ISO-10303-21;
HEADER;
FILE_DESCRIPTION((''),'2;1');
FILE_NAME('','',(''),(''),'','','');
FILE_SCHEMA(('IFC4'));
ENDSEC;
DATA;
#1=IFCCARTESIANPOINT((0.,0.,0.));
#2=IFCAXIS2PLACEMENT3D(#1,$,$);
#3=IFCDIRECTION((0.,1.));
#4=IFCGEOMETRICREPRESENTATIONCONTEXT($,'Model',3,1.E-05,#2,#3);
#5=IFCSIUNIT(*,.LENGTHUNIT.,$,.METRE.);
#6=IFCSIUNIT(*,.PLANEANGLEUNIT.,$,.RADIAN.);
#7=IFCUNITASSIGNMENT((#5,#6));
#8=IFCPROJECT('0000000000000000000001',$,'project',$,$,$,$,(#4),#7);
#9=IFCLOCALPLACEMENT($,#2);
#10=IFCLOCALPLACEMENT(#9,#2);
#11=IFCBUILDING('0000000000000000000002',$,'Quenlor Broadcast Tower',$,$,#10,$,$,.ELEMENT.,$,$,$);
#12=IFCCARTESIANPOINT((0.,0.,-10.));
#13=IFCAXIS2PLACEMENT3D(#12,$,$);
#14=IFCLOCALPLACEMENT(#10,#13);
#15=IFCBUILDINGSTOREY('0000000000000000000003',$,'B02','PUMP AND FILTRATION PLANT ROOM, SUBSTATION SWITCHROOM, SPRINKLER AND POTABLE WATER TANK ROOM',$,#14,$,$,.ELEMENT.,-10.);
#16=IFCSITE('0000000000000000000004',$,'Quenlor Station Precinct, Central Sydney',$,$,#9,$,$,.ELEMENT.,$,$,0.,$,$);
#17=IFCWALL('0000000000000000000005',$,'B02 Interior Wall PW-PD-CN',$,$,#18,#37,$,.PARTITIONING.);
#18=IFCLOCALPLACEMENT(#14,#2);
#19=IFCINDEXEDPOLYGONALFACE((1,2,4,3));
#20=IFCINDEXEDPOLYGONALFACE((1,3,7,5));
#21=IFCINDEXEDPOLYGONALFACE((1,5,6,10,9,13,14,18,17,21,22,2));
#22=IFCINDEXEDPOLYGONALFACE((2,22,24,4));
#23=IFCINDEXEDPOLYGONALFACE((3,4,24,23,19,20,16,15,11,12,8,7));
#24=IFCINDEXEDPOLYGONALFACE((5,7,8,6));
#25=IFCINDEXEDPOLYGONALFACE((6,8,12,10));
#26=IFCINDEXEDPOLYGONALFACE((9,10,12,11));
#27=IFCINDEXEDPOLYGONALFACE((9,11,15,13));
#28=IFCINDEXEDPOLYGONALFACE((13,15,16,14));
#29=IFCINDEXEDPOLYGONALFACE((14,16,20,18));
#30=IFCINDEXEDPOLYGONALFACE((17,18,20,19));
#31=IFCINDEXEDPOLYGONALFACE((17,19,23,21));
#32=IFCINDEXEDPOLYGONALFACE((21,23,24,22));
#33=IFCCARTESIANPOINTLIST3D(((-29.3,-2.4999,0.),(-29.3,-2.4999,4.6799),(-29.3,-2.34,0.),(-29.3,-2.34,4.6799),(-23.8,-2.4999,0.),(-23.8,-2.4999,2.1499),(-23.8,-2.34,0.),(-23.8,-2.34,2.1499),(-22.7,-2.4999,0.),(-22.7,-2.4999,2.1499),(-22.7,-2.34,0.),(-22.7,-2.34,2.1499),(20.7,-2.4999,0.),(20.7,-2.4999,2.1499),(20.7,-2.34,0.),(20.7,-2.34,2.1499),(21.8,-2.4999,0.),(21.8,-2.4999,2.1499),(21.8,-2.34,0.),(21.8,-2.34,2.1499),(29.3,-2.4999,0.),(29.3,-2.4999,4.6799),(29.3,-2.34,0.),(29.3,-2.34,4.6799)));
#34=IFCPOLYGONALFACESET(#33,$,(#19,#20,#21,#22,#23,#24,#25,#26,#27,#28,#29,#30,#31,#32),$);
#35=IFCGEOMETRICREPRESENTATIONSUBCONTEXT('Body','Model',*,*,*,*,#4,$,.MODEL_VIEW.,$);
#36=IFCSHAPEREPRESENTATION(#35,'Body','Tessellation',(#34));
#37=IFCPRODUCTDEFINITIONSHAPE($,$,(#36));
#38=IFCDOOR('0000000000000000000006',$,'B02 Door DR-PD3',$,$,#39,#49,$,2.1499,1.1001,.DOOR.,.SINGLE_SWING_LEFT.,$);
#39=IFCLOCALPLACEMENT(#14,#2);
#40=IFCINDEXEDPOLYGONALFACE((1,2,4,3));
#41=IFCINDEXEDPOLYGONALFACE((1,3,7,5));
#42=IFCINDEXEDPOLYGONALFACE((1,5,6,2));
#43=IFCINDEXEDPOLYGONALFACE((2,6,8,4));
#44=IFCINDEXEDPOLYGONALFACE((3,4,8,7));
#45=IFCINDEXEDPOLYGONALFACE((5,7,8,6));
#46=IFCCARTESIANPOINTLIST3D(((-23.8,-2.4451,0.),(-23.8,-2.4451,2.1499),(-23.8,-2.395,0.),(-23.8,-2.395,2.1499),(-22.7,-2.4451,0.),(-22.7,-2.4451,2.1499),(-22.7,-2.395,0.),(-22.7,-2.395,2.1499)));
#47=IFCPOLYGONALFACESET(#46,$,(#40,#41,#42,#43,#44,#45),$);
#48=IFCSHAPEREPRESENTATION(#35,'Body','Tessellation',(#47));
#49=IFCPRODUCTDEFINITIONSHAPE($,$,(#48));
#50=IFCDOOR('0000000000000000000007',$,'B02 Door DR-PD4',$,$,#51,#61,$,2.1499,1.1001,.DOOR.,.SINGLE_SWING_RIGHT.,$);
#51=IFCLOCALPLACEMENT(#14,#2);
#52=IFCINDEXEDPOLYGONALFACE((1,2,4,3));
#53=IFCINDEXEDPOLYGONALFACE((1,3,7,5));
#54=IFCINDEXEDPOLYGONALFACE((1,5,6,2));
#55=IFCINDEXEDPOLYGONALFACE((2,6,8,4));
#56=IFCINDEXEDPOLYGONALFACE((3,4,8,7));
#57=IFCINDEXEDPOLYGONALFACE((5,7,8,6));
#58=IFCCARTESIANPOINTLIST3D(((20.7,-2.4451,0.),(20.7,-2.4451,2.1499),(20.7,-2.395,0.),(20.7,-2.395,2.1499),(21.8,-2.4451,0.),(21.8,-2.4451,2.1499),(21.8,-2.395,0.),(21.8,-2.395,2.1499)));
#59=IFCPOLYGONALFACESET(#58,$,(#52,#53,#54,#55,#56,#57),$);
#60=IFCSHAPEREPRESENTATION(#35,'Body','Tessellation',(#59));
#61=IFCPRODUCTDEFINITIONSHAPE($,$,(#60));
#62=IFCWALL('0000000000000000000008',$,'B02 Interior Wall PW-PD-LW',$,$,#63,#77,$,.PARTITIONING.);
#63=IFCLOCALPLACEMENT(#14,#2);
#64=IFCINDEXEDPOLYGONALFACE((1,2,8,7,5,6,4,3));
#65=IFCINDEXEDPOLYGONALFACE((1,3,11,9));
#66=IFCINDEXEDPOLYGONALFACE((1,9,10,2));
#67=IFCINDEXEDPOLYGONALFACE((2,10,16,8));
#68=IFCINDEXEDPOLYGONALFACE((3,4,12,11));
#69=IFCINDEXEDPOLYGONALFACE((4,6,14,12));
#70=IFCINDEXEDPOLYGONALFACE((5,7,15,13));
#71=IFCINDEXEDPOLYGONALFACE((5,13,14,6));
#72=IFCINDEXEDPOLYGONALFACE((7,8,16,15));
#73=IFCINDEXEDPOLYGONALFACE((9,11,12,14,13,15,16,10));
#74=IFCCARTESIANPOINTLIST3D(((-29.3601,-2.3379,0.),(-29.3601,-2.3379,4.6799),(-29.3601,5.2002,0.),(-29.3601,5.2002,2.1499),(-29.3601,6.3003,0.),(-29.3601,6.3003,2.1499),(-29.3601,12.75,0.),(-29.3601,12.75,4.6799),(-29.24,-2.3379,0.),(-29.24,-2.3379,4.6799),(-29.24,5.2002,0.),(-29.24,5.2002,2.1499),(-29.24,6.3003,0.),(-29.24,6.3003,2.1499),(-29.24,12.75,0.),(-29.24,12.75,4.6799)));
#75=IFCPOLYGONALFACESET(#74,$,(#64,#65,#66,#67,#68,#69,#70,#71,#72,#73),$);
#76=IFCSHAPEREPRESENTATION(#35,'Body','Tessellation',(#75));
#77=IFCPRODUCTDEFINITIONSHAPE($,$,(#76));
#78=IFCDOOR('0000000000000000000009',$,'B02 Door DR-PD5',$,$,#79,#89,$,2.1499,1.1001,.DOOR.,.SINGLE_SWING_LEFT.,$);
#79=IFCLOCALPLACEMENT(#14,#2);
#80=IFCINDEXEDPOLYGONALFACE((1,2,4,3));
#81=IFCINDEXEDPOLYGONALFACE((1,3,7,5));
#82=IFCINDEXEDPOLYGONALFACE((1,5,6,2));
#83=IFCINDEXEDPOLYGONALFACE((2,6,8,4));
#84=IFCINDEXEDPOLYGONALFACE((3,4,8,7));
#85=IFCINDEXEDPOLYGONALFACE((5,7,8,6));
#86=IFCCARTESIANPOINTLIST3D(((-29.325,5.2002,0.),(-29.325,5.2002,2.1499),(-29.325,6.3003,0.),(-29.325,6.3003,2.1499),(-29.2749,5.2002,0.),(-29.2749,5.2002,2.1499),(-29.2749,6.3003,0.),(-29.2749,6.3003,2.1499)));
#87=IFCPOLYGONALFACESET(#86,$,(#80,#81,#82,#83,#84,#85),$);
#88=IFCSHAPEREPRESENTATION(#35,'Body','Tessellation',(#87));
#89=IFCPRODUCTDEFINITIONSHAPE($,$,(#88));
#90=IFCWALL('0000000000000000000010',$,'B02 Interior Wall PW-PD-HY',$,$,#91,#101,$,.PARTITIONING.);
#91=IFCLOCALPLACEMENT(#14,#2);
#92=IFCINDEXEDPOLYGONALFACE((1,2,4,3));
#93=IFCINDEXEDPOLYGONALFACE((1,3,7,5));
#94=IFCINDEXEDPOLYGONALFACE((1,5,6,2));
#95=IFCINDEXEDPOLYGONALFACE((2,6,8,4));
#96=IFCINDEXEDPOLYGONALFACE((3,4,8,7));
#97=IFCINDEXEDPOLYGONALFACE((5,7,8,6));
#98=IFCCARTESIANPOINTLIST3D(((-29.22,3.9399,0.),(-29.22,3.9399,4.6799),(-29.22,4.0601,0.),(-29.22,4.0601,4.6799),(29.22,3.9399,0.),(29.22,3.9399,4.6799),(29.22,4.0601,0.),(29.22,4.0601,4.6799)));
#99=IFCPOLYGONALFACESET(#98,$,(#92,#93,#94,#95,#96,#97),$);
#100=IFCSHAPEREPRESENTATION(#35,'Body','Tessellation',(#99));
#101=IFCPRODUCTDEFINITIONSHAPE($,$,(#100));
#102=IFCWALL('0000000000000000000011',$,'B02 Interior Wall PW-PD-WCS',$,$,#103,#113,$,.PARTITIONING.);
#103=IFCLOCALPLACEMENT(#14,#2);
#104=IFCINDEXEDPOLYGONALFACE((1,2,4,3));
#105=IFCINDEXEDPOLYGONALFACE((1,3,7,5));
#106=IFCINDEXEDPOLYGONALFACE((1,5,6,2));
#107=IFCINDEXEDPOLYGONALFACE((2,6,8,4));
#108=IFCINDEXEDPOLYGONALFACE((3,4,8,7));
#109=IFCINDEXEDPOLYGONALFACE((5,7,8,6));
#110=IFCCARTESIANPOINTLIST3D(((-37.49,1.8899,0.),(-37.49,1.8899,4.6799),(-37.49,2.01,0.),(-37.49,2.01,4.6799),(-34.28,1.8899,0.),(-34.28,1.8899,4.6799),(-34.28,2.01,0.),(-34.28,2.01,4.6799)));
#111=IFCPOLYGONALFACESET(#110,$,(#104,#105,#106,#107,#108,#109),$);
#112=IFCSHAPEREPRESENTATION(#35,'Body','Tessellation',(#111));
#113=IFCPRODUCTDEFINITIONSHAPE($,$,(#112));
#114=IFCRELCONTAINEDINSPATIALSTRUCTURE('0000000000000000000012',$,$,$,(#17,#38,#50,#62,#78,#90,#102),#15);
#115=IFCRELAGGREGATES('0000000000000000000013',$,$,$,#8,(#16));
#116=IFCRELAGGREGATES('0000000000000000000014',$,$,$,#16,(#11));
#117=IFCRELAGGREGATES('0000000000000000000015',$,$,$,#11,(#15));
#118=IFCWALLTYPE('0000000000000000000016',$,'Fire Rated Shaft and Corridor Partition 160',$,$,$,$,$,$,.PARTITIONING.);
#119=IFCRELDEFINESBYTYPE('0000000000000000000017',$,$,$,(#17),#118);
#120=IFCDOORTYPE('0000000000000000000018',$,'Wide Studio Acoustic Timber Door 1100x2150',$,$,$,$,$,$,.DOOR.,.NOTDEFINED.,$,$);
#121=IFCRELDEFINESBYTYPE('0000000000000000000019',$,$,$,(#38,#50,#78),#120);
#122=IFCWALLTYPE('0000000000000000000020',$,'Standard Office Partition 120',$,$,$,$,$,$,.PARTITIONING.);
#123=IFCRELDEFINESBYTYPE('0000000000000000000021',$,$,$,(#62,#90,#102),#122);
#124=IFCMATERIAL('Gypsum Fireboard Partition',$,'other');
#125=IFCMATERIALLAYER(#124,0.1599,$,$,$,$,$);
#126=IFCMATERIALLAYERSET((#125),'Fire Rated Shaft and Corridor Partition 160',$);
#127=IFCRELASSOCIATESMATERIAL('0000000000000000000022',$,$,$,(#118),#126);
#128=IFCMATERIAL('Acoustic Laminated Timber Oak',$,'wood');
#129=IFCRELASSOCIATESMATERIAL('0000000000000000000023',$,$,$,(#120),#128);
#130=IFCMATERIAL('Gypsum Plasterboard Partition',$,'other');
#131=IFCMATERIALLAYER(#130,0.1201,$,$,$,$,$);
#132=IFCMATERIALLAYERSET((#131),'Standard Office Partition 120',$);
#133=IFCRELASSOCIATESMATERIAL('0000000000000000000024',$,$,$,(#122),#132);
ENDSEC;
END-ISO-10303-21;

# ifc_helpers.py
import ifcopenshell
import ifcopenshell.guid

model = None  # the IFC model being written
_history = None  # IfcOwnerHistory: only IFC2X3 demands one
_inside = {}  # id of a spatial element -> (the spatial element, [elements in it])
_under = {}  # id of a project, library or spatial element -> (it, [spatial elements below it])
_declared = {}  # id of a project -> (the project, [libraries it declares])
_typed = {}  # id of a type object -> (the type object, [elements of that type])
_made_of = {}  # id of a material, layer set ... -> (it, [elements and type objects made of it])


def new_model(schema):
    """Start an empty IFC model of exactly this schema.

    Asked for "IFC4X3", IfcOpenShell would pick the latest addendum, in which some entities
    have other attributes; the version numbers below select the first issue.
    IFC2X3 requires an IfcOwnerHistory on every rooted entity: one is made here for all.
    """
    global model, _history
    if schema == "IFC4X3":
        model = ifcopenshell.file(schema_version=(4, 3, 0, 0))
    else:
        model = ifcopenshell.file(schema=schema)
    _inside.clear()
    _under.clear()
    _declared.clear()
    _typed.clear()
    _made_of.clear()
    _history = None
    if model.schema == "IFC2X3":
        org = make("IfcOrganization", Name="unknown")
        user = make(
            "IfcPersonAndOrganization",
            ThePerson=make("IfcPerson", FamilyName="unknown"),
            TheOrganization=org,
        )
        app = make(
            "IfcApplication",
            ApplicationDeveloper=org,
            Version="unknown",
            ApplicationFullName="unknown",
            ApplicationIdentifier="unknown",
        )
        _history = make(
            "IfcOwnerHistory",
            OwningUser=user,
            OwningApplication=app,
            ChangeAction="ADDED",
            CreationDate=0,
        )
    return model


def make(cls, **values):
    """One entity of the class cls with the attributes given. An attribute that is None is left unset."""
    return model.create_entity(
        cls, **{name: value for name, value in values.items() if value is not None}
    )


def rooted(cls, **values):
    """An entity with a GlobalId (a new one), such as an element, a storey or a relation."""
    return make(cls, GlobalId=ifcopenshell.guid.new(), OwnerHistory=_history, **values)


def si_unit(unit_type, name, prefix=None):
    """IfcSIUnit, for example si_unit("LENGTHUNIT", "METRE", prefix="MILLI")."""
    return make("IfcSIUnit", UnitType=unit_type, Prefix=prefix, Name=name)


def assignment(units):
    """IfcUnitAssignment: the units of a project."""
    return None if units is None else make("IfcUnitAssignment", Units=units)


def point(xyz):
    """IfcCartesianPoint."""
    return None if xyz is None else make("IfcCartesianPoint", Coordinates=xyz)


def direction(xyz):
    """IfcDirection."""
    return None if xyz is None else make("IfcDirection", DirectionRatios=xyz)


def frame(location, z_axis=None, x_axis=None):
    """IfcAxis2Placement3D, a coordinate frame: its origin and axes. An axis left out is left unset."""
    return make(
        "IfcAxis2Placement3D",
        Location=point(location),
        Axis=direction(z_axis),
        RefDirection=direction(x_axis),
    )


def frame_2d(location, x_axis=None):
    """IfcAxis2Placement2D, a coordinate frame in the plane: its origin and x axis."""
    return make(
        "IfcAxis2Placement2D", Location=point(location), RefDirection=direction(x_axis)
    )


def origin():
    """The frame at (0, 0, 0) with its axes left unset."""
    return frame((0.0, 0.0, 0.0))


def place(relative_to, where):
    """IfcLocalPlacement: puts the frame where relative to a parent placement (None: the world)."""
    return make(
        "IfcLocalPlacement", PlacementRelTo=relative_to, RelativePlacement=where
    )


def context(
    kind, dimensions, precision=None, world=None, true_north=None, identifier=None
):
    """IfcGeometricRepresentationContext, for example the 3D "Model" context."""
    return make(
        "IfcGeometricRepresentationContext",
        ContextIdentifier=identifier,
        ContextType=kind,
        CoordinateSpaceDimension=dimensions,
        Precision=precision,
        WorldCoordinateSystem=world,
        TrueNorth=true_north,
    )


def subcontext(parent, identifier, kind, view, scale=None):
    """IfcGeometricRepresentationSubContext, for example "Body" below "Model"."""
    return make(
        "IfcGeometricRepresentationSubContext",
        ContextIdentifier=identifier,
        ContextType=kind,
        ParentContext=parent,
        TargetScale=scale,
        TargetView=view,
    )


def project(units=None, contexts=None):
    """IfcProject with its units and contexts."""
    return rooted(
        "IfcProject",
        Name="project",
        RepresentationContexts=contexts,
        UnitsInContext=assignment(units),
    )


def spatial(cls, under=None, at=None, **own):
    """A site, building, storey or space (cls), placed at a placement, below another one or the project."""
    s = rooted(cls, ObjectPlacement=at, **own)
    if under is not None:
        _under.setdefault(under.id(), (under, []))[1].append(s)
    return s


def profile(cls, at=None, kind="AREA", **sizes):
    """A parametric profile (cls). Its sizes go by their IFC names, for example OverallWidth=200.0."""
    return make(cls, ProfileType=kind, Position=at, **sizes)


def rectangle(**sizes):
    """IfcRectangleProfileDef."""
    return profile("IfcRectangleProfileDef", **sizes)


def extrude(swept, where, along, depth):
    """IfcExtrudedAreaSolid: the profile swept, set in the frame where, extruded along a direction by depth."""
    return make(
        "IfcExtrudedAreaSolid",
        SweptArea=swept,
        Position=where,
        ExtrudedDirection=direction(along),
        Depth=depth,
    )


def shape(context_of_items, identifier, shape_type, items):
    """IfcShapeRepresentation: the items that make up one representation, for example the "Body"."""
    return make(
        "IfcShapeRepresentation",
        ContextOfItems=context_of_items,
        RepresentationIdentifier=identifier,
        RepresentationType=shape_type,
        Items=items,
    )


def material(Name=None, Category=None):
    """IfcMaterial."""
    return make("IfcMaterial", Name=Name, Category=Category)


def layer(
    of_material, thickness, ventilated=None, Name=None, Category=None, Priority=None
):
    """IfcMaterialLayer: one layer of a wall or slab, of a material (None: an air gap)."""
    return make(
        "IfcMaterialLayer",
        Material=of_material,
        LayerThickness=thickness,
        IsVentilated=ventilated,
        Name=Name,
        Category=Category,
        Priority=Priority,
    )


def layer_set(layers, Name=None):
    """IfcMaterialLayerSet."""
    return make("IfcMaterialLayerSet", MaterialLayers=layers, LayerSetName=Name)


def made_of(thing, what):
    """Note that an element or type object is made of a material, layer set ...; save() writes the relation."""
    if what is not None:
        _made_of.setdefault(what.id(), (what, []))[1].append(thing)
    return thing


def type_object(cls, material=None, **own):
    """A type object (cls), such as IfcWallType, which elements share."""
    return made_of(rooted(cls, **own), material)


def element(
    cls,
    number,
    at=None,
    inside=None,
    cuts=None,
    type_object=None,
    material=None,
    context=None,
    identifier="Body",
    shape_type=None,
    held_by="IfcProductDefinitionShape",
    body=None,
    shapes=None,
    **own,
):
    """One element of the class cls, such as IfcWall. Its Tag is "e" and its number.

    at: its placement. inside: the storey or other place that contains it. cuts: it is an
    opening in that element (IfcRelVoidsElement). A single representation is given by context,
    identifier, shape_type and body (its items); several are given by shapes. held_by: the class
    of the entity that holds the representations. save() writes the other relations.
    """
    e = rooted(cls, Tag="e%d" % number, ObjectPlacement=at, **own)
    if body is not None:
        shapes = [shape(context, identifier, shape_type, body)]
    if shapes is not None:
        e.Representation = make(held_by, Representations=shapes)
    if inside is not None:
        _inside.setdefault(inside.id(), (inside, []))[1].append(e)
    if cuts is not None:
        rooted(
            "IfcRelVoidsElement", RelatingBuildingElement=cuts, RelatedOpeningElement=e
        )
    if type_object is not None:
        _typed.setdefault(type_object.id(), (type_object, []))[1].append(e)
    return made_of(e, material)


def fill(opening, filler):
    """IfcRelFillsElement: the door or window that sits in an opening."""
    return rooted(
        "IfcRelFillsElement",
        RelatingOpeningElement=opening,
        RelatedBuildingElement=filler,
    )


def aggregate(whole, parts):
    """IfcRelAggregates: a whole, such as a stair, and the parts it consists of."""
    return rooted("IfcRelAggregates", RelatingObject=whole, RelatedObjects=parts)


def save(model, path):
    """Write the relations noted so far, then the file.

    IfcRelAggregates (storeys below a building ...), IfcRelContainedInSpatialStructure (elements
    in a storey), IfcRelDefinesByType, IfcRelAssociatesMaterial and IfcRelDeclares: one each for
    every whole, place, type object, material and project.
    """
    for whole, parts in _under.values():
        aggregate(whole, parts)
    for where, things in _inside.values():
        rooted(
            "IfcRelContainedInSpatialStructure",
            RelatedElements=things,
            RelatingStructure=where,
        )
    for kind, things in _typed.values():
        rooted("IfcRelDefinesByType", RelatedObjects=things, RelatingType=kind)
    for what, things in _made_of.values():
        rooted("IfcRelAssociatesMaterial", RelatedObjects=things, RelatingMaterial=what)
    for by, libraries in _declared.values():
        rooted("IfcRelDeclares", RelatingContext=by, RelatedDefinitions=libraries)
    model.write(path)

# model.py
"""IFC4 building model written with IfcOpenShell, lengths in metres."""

from ifc_helpers import new_model, si_unit, direction, frame, frame_2d, origin, place, context, subcontext, project, spatial, rectangle, extrude, material, layer, layer_set, type_object, element, fill, save


model = new_model("IFC4")

# Units and contexts
model_context = context("Model", 3, precision=1e-05, world=origin(), true_north=direction((0.0, 1.0)))
body_context = subcontext(model_context, "Body", "Model", "MODEL_VIEW")
ifc_project = project(units=[si_unit("LENGTHUNIT", "METRE"), si_unit("PLANEANGLEUNIT", "RADIAN")], contexts=[model_context])

# Site, building, storey
site_placement = place(None, origin())
site = spatial("IfcSite", under=ifc_project, at=site_placement, Name="Quenlor Station Precinct, Central Sydney", CompositionType="ELEMENT", RefElevation=0.0)
building_placement = place(site_placement, origin())
building = spatial("IfcBuilding", under=site, at=building_placement, Name="Quenlor Broadcast Tower", CompositionType="ELEMENT")
storey_placement = place(building_placement, frame((0.0, 0.0, -10.0)))
storey = spatial("IfcBuildingStorey", under=building, at=storey_placement, Name="B02", Description="PUMP AND FILTRATION PLANT ROOM, SUBSTATION SWITCHROOM, SPRINKLER AND POTABLE WATER TANK ROOM", CompositionType="ELEMENT", Elevation=-10.0)

# Wall, openings, doors
ifc_material_1 = material(Name="Gypsum Fireboard Partition", Category="other")
ifc_layer_1 = layer(ifc_material_1, 0.1599)
ifc_layer_set_1 = layer_set([ifc_layer_1], Name="Fire Rated Shaft and Corridor Partition 160")
wall_type_1 = type_object("IfcWallType", Name="Fire Rated Shaft and Corridor Partition 160", PredefinedType="PARTITIONING", material=ifc_layer_set_1)
wall_1_placement = place(storey_placement, frame((-29.3, -2.4199, 0.0), z_axis=(0.0, 0.0, 1.0), x_axis=(1.0, 0.0, 0.0)))
wall_1 = element("IfcWall", 1, at=wall_1_placement, inside=storey, type_object=wall_type_1, Name="B02 Interior Wall PW-PD-CN", PredefinedType="PARTITIONING", context=body_context, shape_type="SweptSolid", body=[
    extrude(rectangle(XDim=58.6001, YDim=0.1599, at=frame_2d((29.3, 0.0))), origin(), (0.0, 0.0, 1.0), 4.6799),
])
opening_1_placement = place(wall_1_placement, frame((5.5, 0.0, 0.0)))
opening_1 = element("IfcOpeningElement", 2, at=opening_1_placement, cuts=wall_1, PredefinedType="OPENING", context=body_context, shape_type="SweptSolid", body=[
    extrude(rectangle(XDim=1.1001, YDim=2.1499, at=frame_2d((0.55, 1.075))), frame((0.0, 0.0898, 0.0), z_axis=(0.0, -1.0, 0.0), x_axis=(1.0, 0.0, 0.0)), (0.0, 0.0, 1.0), 0.1799),
])
opening_2_placement = place(wall_1_placement, frame((50.0, 0.0, 0.0)))
opening_2 = element("IfcOpeningElement", 3, at=opening_2_placement, cuts=wall_1, PredefinedType="OPENING", context=body_context, shape_type="SweptSolid", body=[
    extrude(rectangle(XDim=1.1001, YDim=2.1499, at=frame_2d((0.55, 1.075))), frame((0.0, 0.0898, 0.0), z_axis=(0.0, -1.0, 0.0), x_axis=(1.0, 0.0, 0.0)), (0.0, 0.0, 1.0), 0.1799),
])
ifc_material_2 = material(Name="Acoustic Laminated Timber Oak", Category="wood")
door_type_1 = type_object("IfcDoorType", Name="Wide Studio Acoustic Timber Door 1100x2150", OperationType="NOTDEFINED", PredefinedType="DOOR", material=ifc_material_2)
door_1_placement = place(opening_1_placement, origin())
door_1 = element("IfcDoor", 4, at=door_1_placement, inside=storey, type_object=door_type_1, Name="B02 Door DR-PD3", OperationType="SINGLE_SWING_LEFT", OverallHeight=2.1499, OverallWidth=1.1001, PredefinedType="DOOR", context=body_context, shape_type="SweptSolid", body=[
    extrude(rectangle(XDim=1.1001, YDim=2.1499, at=frame_2d((0.55, 1.075))), frame((0.0, 0.0249, 0.0), z_axis=(0.0, -1.0, 0.0), x_axis=(1.0, 0.0, 0.0)), (0.0, 0.0, 1.0), 0.05),
])
fill(opening_1, door_1)
door_2_placement = place(opening_2_placement, origin())
door_2 = element("IfcDoor", 5, at=door_2_placement, inside=storey, type_object=door_type_1, Name="B02 Door DR-PD4", OperationType="SINGLE_SWING_RIGHT", OverallHeight=2.1499, OverallWidth=1.1001, PredefinedType="DOOR", context=body_context, shape_type="SweptSolid", body=[
    extrude(rectangle(XDim=1.1001, YDim=2.1499, at=frame_2d((0.55, 1.075))), frame((0.0, 0.0249, 0.0), z_axis=(0.0, -1.0, 0.0), x_axis=(1.0, 0.0, 0.0)), (0.0, 0.0, 1.0), 0.05),
])
fill(opening_2, door_2)

# Wall, opening, door
ifc_material_3 = material(Name="Gypsum Plasterboard Partition", Category="other")
ifc_layer_2 = layer(ifc_material_3, 0.1201)
ifc_layer_set_2 = layer_set([ifc_layer_2], Name="Standard Office Partition 120")
wall_type_2 = type_object("IfcWallType", Name="Standard Office Partition 120", PredefinedType="PARTITIONING", material=ifc_layer_set_2)
wall_2_placement = place(storey_placement, frame((-29.3, -2.3379, 0.0), z_axis=(0.0, 0.0, 1.0), x_axis=(0.0, 1.0, 0.0)))
wall_2 = element("IfcWall", 6, at=wall_2_placement, inside=storey, type_object=wall_type_2, Name="B02 Interior Wall PW-PD-LW", PredefinedType="PARTITIONING", context=body_context, shape_type="SweptSolid", body=[
    extrude(rectangle(XDim=15.0879, YDim=0.1201, at=frame_2d((7.5439, 0.0))), origin(), (0.0, 0.0, 1.0), 4.6799),
])
opening_3_placement = place(wall_2_placement, frame((7.5381, 0.0, 0.0)))
opening_3 = element("IfcOpeningElement", 7, at=opening_3_placement, cuts=wall_2, PredefinedType="OPENING", context=body_context, shape_type="SweptSolid", body=[
    extrude(rectangle(XDim=1.1001, YDim=2.1499, at=frame_2d((0.55, 1.075))), frame((0.0, 0.0701, 0.0), z_axis=(0.0, -1.0, 0.0), x_axis=(1.0, 0.0, 0.0)), (0.0, 0.0, 1.0), 0.1401),
])
door_3_placement = place(opening_3_placement, origin())
door_3 = element("IfcDoor", 8, at=door_3_placement, inside=storey, type_object=door_type_1, Name="B02 Door DR-PD5", OperationType="SINGLE_SWING_LEFT", OverallHeight=2.1499, OverallWidth=1.1001, PredefinedType="DOOR", context=body_context, shape_type="SweptSolid", body=[
    extrude(rectangle(XDim=1.1001, YDim=2.1499, at=frame_2d((0.55, 1.075))), frame((0.0, 0.0249, 0.0), z_axis=(0.0, -1.0, 0.0), x_axis=(1.0, 0.0, 0.0)), (0.0, 0.0, 1.0), 0.05),
])
fill(opening_3, door_3)

# Wall
wall_3_placement = place(storey_placement, frame((-29.22, 4.0, 0.0), z_axis=(0.0, 0.0, 1.0), x_axis=(1.0, 0.0, 0.0)))
element("IfcWall", 9, at=wall_3_placement, inside=storey, type_object=wall_type_2, Name="B02 Interior Wall PW-PD-HY", PredefinedType="PARTITIONING", context=body_context, shape_type="SweptSolid", body=[
    extrude(rectangle(XDim=58.4399, YDim=0.1201, at=frame_2d((29.22, 0.0))), origin(), (0.0, 0.0, 1.0), 4.6799),
])

# Wall
wall_4_placement = place(storey_placement, frame((-37.49, 1.95, 0.0), z_axis=(0.0, 0.0, 1.0), x_axis=(1.0, 0.0, 0.0)))
element("IfcWall", 10, at=wall_4_placement, inside=storey, type_object=wall_type_2, Name="B02 Interior Wall PW-PD-WCS", PredefinedType="PARTITIONING", context=body_context, shape_type="SweptSolid", body=[
    extrude(rectangle(XDim=3.21, YDim=0.1201, at=frame_2d((1.605, 0.0))), origin(), (0.0, 0.0, 1.0), 4.6799),
])

save(model, "model.ifc")
